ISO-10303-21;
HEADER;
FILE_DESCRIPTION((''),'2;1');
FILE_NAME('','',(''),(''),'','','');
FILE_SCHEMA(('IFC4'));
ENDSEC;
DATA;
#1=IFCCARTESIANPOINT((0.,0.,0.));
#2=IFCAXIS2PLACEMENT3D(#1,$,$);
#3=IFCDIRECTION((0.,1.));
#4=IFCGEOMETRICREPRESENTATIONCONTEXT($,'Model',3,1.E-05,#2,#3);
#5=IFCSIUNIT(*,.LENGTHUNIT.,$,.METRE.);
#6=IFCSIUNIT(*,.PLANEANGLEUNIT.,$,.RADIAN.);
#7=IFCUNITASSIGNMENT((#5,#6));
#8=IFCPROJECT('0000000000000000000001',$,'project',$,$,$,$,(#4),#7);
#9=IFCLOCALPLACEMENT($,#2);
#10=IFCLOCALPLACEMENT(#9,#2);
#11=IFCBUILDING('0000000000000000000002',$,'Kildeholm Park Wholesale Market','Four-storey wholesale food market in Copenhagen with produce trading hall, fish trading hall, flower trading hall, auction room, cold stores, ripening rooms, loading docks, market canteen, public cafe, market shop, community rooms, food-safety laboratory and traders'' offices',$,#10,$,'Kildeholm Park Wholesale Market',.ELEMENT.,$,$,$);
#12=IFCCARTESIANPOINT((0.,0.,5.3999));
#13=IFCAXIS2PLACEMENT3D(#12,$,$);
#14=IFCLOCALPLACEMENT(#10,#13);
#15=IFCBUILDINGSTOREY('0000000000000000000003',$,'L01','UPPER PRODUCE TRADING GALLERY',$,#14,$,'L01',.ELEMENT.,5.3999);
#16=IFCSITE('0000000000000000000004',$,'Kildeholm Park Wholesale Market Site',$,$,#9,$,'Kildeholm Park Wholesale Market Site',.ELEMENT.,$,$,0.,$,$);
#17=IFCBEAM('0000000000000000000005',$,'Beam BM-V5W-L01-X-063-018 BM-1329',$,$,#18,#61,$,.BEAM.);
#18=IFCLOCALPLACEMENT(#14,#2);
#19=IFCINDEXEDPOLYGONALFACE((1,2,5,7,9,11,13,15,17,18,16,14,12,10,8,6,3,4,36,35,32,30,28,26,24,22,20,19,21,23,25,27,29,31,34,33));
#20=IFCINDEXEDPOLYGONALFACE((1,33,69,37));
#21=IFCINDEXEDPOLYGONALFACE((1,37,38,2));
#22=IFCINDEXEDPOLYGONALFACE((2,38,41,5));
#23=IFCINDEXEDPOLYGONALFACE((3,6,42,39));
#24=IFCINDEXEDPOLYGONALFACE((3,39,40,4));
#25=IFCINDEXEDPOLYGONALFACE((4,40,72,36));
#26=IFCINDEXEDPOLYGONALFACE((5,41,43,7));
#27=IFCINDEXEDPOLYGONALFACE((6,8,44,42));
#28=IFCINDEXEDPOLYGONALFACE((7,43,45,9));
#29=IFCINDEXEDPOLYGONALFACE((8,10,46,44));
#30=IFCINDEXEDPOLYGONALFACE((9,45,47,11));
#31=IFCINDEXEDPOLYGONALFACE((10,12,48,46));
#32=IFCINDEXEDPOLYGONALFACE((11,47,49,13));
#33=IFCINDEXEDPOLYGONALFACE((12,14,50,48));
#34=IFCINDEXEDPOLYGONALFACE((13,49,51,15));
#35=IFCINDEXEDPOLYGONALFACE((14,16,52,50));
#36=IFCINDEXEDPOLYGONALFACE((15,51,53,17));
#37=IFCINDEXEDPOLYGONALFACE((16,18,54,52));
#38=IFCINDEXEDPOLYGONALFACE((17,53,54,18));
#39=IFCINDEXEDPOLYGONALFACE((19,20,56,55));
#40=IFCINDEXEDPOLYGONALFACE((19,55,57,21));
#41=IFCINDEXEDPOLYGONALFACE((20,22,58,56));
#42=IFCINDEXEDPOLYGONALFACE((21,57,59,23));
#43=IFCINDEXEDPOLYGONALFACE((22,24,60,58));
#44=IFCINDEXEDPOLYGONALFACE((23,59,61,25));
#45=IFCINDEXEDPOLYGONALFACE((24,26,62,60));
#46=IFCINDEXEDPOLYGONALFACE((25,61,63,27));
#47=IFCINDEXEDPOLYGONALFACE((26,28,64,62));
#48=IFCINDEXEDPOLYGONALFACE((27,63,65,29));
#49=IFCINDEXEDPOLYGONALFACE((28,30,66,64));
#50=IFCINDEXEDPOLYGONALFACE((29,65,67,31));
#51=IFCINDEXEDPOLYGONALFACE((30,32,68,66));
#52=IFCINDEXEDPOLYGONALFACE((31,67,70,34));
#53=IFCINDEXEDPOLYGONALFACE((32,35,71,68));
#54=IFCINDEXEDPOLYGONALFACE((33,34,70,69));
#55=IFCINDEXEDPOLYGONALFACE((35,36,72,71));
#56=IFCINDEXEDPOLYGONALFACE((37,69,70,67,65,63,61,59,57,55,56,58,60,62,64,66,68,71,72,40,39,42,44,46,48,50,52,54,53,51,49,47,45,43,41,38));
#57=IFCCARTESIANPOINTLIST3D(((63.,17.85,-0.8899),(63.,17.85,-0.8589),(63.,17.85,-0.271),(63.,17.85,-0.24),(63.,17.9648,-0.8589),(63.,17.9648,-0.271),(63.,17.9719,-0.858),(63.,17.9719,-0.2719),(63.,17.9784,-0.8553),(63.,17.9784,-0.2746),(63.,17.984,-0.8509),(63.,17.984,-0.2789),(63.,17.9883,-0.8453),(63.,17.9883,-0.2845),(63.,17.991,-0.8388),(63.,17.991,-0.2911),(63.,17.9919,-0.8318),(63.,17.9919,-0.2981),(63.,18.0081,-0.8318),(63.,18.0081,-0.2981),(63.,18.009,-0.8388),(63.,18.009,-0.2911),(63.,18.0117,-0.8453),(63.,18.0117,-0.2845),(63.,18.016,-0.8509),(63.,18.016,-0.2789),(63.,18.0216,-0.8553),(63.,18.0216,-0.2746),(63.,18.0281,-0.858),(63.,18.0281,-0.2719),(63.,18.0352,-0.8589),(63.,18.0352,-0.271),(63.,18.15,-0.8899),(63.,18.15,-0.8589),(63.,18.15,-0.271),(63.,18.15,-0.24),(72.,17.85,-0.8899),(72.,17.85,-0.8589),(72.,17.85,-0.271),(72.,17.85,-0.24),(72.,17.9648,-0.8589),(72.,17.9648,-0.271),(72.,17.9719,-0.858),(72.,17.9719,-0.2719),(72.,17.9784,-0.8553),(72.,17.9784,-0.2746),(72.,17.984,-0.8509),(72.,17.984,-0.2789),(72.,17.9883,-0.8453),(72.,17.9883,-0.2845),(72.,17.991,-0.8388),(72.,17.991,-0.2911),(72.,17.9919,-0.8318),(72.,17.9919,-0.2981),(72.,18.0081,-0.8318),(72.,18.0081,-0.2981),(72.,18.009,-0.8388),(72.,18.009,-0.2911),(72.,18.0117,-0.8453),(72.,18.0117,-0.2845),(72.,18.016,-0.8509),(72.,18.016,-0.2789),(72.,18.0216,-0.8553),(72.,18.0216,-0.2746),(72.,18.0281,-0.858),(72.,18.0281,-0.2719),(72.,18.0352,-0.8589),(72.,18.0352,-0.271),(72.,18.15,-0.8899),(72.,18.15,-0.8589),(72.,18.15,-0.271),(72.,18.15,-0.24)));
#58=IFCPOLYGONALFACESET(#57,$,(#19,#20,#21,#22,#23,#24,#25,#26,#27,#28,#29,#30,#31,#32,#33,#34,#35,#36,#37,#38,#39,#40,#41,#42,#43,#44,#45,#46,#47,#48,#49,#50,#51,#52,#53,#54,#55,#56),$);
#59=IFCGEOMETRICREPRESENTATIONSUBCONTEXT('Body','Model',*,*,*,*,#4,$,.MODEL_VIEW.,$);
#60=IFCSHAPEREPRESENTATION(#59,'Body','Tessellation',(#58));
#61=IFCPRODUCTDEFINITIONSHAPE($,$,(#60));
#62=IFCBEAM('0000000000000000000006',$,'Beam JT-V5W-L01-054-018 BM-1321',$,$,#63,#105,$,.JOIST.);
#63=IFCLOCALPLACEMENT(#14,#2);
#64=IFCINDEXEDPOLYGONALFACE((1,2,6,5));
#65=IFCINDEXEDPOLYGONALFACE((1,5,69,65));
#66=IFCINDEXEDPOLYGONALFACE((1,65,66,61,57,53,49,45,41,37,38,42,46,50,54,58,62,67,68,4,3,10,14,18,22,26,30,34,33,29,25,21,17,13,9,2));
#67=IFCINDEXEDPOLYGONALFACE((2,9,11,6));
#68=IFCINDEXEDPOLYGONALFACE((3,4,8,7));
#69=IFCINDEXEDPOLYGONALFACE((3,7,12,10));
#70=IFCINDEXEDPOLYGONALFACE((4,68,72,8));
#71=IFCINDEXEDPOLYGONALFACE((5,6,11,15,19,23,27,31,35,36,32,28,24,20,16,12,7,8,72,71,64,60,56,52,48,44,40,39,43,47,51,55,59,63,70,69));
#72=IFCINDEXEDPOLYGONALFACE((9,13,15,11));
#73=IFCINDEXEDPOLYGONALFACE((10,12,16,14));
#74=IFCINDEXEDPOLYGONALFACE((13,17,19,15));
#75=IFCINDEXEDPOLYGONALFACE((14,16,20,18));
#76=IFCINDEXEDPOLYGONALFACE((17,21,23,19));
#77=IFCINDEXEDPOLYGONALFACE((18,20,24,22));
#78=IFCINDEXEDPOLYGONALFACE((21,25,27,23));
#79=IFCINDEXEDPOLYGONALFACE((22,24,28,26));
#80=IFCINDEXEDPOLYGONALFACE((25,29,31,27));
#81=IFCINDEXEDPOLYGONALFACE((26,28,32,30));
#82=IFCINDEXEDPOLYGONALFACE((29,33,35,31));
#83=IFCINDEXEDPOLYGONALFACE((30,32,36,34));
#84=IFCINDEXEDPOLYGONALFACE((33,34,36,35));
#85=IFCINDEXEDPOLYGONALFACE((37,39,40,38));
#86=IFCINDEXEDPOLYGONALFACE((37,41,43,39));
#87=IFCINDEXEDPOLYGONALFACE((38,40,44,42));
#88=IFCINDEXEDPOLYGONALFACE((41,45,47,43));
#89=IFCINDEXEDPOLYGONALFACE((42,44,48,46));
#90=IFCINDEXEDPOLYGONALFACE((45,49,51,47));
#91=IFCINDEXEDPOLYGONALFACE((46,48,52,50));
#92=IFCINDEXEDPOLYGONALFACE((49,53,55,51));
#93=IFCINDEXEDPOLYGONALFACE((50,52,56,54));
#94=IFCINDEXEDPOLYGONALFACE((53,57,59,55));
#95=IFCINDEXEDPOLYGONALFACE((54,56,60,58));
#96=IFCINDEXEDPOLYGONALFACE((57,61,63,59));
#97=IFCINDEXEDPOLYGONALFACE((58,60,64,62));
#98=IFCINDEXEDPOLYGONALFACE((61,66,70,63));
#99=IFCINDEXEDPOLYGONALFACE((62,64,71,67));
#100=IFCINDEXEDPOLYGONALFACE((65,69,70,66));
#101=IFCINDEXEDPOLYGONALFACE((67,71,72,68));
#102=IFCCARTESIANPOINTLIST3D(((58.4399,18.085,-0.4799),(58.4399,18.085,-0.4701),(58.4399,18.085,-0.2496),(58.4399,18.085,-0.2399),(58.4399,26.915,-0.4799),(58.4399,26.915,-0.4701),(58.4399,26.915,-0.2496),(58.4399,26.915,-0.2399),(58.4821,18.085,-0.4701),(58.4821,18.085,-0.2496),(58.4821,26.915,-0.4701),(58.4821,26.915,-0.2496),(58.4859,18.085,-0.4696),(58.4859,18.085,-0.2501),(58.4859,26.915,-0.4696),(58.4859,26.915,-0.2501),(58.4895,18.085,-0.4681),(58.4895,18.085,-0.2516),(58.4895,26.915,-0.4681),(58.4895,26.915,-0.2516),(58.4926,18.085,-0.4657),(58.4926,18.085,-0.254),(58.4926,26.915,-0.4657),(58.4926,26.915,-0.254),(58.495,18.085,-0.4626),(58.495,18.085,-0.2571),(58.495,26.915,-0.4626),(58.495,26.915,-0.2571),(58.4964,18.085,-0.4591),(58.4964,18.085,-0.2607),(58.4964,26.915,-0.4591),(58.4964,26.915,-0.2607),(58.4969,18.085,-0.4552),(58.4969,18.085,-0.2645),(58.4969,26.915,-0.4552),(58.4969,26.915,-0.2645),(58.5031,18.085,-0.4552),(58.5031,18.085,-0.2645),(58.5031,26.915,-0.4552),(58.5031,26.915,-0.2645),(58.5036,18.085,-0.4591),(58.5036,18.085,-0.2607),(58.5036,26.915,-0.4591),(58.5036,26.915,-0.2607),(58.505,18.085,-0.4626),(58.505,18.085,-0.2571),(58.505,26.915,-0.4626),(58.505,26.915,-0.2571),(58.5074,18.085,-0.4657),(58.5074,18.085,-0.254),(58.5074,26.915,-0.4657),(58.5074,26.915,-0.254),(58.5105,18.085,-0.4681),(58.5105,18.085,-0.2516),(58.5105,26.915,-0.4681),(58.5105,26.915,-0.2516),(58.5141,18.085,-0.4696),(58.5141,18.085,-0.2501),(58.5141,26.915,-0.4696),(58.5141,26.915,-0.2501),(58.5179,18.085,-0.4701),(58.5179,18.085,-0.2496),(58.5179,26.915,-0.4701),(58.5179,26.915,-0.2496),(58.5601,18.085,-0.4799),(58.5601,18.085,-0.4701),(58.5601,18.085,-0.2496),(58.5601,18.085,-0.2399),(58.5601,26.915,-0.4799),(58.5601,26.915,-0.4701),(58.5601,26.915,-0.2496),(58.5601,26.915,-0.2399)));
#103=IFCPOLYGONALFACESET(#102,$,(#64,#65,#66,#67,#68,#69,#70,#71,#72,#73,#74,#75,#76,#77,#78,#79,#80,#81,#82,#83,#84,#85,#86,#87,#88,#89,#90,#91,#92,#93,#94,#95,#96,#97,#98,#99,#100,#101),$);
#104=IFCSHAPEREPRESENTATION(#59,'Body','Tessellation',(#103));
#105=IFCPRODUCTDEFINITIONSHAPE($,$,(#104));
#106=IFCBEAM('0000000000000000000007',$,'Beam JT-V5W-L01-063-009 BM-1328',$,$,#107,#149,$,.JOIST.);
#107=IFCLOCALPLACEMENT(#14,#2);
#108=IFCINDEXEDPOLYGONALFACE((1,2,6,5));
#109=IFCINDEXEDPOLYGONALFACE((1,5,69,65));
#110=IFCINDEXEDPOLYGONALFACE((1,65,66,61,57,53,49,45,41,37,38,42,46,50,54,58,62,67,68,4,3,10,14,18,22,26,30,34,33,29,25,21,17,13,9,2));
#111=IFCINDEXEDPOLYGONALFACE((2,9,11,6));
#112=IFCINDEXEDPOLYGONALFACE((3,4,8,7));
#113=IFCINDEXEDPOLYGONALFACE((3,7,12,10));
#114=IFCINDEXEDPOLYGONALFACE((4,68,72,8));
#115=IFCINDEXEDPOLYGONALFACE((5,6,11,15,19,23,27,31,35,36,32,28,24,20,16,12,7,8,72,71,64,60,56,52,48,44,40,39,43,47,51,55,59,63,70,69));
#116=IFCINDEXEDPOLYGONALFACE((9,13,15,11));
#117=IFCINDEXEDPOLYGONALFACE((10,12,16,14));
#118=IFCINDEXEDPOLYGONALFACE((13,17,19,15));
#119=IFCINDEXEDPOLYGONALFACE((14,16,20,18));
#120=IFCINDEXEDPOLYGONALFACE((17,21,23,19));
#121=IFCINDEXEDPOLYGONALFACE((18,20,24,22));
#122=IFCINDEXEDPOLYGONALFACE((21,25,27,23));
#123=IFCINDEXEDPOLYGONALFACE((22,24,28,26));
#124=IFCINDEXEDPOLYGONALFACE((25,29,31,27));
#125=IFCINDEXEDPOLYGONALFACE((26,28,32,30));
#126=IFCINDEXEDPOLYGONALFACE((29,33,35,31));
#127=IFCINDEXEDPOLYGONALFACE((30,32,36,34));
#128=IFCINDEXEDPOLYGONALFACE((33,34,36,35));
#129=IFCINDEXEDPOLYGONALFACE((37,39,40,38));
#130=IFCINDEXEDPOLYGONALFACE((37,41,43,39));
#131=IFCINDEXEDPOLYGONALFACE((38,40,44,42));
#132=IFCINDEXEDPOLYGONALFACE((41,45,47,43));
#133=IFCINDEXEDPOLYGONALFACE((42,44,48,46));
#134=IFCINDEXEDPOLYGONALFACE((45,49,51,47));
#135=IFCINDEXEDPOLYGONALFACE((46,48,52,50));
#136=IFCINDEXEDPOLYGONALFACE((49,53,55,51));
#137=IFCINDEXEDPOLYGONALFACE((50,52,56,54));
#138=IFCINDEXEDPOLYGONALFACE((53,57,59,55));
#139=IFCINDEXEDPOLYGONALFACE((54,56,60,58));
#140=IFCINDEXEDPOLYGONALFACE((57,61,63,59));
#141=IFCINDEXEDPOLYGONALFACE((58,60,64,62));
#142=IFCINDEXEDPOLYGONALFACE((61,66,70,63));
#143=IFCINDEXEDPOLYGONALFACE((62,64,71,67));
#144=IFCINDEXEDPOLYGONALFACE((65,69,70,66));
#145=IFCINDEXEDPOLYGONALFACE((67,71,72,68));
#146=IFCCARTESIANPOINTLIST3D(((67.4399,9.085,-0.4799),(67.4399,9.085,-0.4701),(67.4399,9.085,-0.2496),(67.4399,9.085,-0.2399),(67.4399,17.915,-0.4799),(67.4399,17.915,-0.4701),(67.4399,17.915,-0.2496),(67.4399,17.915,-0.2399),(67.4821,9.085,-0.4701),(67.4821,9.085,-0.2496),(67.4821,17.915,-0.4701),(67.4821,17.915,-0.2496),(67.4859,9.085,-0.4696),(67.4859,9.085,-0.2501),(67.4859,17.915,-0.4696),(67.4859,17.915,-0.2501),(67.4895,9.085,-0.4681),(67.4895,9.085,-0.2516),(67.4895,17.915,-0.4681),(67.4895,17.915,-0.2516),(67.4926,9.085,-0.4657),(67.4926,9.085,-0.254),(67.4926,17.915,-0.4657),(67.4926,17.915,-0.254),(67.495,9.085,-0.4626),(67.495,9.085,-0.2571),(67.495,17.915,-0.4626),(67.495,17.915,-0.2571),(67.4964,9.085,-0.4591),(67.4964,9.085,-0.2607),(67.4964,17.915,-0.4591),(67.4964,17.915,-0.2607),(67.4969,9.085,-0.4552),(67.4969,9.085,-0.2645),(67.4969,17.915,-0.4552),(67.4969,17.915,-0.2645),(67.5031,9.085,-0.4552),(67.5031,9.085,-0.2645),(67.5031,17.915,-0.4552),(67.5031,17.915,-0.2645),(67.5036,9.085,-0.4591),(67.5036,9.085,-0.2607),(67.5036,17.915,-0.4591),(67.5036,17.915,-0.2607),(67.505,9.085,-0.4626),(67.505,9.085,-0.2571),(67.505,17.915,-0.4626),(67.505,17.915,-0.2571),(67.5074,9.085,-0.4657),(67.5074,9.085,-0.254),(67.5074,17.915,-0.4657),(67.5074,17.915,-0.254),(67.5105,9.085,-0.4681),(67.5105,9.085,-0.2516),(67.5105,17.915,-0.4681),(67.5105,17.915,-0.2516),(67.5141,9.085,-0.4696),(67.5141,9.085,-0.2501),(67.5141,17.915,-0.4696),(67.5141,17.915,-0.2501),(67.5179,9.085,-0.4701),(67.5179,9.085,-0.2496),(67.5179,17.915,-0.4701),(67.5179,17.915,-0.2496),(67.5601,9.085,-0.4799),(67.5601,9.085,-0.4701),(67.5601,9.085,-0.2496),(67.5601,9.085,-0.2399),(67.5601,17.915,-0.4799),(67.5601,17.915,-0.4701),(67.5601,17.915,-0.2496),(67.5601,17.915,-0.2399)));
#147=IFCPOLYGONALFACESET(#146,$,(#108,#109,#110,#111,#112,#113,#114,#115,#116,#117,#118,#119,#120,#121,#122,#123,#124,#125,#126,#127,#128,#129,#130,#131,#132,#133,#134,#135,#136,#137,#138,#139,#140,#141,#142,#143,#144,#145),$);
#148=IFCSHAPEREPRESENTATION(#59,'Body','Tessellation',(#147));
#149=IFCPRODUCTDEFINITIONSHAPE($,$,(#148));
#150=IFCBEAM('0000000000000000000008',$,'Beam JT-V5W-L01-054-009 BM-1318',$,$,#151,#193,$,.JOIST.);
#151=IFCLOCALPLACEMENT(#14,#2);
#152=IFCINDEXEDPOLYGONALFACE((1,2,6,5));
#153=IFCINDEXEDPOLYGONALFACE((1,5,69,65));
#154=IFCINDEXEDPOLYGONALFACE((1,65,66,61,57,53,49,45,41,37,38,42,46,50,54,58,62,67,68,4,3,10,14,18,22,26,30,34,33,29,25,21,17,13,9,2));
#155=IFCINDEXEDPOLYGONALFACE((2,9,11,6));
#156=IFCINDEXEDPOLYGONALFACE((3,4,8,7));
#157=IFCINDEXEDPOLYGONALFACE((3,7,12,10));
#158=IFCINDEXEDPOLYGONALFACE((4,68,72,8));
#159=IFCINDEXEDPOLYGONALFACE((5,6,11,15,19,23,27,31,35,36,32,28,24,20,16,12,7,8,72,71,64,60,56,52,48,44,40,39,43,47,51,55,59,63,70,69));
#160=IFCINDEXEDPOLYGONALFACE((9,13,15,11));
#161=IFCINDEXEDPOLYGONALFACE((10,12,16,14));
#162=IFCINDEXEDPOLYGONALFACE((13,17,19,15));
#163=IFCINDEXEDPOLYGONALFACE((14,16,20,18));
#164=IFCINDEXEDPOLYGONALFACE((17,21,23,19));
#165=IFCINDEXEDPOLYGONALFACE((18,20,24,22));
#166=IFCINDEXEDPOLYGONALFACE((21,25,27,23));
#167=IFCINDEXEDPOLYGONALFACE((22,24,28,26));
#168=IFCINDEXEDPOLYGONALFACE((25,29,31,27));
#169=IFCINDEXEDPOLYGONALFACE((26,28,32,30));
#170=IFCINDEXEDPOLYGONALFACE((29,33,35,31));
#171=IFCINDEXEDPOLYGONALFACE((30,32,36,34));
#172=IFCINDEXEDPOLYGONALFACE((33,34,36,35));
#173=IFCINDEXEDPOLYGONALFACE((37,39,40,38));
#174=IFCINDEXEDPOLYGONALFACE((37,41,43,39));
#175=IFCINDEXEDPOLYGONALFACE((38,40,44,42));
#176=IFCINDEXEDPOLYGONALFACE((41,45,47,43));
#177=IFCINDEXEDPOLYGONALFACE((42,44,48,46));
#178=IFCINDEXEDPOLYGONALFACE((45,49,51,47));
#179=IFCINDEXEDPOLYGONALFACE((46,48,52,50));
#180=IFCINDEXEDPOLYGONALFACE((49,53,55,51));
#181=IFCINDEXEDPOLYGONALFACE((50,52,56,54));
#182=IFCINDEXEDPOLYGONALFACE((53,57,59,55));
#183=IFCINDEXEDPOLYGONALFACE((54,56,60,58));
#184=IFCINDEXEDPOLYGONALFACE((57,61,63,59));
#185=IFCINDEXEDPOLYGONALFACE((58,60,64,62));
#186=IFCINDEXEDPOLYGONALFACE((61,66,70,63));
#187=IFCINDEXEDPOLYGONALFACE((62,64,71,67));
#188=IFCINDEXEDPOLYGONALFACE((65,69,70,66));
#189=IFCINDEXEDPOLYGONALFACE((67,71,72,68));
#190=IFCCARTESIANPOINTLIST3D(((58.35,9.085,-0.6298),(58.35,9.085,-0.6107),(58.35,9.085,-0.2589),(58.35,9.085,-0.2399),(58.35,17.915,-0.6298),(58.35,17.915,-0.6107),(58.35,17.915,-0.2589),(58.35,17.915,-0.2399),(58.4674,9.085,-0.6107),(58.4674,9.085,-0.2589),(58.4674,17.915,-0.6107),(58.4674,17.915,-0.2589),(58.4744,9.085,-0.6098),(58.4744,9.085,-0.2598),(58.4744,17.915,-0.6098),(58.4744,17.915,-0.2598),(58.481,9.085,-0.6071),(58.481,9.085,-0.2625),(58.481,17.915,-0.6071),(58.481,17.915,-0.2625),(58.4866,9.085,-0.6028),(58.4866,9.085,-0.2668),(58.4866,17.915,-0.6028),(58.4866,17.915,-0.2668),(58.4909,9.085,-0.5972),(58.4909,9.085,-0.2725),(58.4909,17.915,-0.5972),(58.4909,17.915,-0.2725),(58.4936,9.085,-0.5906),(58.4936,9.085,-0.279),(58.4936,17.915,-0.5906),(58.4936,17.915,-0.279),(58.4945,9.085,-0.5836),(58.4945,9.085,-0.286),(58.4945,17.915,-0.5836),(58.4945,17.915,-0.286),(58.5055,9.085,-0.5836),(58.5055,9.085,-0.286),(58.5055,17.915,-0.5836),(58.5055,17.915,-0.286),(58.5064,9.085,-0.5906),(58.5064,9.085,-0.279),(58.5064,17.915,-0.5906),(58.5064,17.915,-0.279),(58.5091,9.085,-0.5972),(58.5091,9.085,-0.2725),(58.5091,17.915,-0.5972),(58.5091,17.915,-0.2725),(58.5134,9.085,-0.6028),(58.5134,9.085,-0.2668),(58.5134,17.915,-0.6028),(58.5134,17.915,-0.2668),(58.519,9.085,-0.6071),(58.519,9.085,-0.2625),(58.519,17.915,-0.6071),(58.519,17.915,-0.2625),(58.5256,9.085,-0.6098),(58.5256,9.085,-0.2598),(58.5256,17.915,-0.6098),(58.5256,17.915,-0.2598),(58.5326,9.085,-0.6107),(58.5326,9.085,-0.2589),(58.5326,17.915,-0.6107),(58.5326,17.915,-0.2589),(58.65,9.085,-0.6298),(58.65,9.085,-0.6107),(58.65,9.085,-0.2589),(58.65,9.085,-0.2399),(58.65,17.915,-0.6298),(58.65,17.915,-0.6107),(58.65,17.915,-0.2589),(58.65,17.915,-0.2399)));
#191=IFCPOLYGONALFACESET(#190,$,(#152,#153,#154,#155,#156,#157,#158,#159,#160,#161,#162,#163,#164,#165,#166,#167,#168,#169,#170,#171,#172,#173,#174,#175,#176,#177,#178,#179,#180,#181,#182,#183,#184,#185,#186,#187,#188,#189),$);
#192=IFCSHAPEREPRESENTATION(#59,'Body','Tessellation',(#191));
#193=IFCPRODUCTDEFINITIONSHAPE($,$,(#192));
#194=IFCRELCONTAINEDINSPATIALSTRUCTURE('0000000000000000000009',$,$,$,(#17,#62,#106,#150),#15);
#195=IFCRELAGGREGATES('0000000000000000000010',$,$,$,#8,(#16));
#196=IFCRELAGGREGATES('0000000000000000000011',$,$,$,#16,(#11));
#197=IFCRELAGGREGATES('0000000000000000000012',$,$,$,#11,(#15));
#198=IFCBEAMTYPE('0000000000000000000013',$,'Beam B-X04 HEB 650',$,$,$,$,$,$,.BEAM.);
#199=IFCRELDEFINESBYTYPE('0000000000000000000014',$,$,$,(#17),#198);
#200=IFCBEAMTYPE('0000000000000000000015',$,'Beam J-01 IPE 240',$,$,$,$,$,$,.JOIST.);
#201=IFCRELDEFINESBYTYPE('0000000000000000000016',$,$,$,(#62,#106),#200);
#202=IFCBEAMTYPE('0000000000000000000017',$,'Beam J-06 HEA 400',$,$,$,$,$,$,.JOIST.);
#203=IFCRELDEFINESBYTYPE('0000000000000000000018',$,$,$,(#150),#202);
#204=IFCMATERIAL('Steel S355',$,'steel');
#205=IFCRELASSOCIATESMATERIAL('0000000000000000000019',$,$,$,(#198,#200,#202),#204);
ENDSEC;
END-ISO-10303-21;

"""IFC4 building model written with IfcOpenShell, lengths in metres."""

from ifc_helpers import new_model, si_unit, direction, frame, origin, origin_2d, place, context, subcontext, project, spatial, i_section, extrude, material, material_profile, profile_set, type_object, element, save


model = new_model("IFC4")

# Units and contexts
model_context = context("Model", 3, precision=1e-05, world=origin(), true_north=direction((0.0, 1.0)))
body_context = subcontext(model_context, "Body", "Model", "MODEL_VIEW")
ifc_project = project(units=[si_unit("LENGTHUNIT", "METRE"), si_unit("PLANEANGLEUNIT", "RADIAN")], contexts=[model_context])

# Site, building, storey
site_placement = place(None, origin())
site = spatial("IfcSite", under=ifc_project, at=site_placement, Name="Kildeholm Park Wholesale Market Site", LongName="Kildeholm Park Wholesale Market Site", CompositionType="ELEMENT", RefElevation=0.0)
building_placement = place(site_placement, origin())
building = spatial("IfcBuilding", under=site, at=building_placement, Name="Kildeholm Park Wholesale Market", Description="Four-storey wholesale food market in Copenhagen with produce trading hall, fish trading hall, flower trading hall, auction room, cold stores, ripening rooms, loading docks, market canteen, public cafe, market shop, community rooms, food-safety laboratory and traders' offices", LongName="Kildeholm Park Wholesale Market", CompositionType="ELEMENT")
storey_placement = place(building_placement, frame((0.0, 0.0, 5.3999)))
storey = spatial("IfcBuildingStorey", under=building, at=storey_placement, Name="L01", Description="UPPER PRODUCE TRADING GALLERY", LongName="L01", CompositionType="ELEMENT", Elevation=5.3999)

# Shared definitions
ifc_material_1 = material(Name="Steel S355", Category="steel")

# Beams
ifc_material_profile_1 = material_profile(ifc_material_1, i_section(OverallWidth=0.3, OverallDepth=0.6499, WebThickness=0.0161, FlangeThickness=0.031, FilletRadius=0.0271, at=origin_2d()), Name="HEB 650")
ifc_profile_set_1 = profile_set([ifc_material_profile_1], Name="Steel S355")
beam_type_1 = type_object("IfcBeamType", Name="Beam B-X04 HEB 650", PredefinedType="BEAM", material=ifc_profile_set_1)
beam_1_placement = place(storey_placement, frame((63.0, 18.0, -0.5649), z_axis=(1.0, 0.0, 0.0), x_axis=(0.0, 1.0, 0.0)))
element("IfcBeam", 1, at=beam_1_placement, inside=storey, type_object=beam_type_1, Name="Beam BM-V5W-L01-X-063-018 BM-1329", PredefinedType="BEAM", context=body_context, shape_type="SweptSolid", body=[
    extrude(i_section(OverallWidth=0.3, OverallDepth=0.6499, WebThickness=0.0161, FlangeThickness=0.031, FilletRadius=0.0271, at=origin_2d()), origin(), (0.0, 0.0, 1.0), 9.0),
])
ifc_material_profile_2 = material_profile(ifc_material_1, i_section(OverallWidth=0.1201, OverallDepth=0.24, WebThickness=0.0061, FlangeThickness=0.0098, FilletRadius=0.0149, at=origin_2d()), Name="IPE 240")
ifc_profile_set_2 = profile_set([ifc_material_profile_2], Name="Steel S355")
beam_type_2 = type_object("IfcBeamType", Name="Beam J-01 IPE 240", PredefinedType="JOIST", material=ifc_profile_set_2)
for number, where, z_axis, x_axis, name in (
    (2, (58.5, 18.085, -0.3599), (0.0, 1.0, 0.0), (-1.0, 0.0, 0.0), "Beam JT-V5W-L01-054-018 BM-1321"),
    (3, (67.5, 9.085, -0.3599), (0.0, 1.0, 0.0), (-1.0, 0.0, 0.0), "Beam JT-V5W-L01-063-009 BM-1328"),
):
    element("IfcBeam", number, at=place(storey_placement, frame(where, z_axis=z_axis, x_axis=x_axis)), inside=storey, type_object=beam_type_2, Name=name, PredefinedType="JOIST", context=body_context, shape_type="SweptSolid", body=[
        extrude(i_section(OverallWidth=0.1201, OverallDepth=0.24, WebThickness=0.0061, FlangeThickness=0.0098, FilletRadius=0.0149, at=origin_2d()), origin(), (0.0, 0.0, 1.0), 8.8301),
    ])
ifc_material_profile_3 = material_profile(ifc_material_1, i_section(OverallWidth=0.3, OverallDepth=0.3899, WebThickness=0.011, FlangeThickness=0.019, FilletRadius=0.0271, at=origin_2d()), Name="HEA 400")
ifc_profile_set_3 = profile_set([ifc_material_profile_3], Name="Steel S355")
beam_type_3 = type_object("IfcBeamType", Name="Beam J-06 HEA 400", PredefinedType="JOIST", material=ifc_profile_set_3)
beam_2_placement = place(storey_placement, frame((58.5, 9.085, -0.4348), z_axis=(0.0, 1.0, 0.0), x_axis=(-1.0, 0.0, 0.0)))
element("IfcBeam", 4, at=beam_2_placement, inside=storey, type_object=beam_type_3, Name="Beam JT-V5W-L01-054-009 BM-1318", PredefinedType="JOIST", context=body_context, shape_type="SweptSolid", body=[
    extrude(i_section(OverallWidth=0.3, OverallDepth=0.3899, WebThickness=0.011, FlangeThickness=0.019, FilletRadius=0.0271, at=origin_2d()), origin(), (0.0, 0.0, 1.0), 8.8301),
])

save(model, "model.ifc")
